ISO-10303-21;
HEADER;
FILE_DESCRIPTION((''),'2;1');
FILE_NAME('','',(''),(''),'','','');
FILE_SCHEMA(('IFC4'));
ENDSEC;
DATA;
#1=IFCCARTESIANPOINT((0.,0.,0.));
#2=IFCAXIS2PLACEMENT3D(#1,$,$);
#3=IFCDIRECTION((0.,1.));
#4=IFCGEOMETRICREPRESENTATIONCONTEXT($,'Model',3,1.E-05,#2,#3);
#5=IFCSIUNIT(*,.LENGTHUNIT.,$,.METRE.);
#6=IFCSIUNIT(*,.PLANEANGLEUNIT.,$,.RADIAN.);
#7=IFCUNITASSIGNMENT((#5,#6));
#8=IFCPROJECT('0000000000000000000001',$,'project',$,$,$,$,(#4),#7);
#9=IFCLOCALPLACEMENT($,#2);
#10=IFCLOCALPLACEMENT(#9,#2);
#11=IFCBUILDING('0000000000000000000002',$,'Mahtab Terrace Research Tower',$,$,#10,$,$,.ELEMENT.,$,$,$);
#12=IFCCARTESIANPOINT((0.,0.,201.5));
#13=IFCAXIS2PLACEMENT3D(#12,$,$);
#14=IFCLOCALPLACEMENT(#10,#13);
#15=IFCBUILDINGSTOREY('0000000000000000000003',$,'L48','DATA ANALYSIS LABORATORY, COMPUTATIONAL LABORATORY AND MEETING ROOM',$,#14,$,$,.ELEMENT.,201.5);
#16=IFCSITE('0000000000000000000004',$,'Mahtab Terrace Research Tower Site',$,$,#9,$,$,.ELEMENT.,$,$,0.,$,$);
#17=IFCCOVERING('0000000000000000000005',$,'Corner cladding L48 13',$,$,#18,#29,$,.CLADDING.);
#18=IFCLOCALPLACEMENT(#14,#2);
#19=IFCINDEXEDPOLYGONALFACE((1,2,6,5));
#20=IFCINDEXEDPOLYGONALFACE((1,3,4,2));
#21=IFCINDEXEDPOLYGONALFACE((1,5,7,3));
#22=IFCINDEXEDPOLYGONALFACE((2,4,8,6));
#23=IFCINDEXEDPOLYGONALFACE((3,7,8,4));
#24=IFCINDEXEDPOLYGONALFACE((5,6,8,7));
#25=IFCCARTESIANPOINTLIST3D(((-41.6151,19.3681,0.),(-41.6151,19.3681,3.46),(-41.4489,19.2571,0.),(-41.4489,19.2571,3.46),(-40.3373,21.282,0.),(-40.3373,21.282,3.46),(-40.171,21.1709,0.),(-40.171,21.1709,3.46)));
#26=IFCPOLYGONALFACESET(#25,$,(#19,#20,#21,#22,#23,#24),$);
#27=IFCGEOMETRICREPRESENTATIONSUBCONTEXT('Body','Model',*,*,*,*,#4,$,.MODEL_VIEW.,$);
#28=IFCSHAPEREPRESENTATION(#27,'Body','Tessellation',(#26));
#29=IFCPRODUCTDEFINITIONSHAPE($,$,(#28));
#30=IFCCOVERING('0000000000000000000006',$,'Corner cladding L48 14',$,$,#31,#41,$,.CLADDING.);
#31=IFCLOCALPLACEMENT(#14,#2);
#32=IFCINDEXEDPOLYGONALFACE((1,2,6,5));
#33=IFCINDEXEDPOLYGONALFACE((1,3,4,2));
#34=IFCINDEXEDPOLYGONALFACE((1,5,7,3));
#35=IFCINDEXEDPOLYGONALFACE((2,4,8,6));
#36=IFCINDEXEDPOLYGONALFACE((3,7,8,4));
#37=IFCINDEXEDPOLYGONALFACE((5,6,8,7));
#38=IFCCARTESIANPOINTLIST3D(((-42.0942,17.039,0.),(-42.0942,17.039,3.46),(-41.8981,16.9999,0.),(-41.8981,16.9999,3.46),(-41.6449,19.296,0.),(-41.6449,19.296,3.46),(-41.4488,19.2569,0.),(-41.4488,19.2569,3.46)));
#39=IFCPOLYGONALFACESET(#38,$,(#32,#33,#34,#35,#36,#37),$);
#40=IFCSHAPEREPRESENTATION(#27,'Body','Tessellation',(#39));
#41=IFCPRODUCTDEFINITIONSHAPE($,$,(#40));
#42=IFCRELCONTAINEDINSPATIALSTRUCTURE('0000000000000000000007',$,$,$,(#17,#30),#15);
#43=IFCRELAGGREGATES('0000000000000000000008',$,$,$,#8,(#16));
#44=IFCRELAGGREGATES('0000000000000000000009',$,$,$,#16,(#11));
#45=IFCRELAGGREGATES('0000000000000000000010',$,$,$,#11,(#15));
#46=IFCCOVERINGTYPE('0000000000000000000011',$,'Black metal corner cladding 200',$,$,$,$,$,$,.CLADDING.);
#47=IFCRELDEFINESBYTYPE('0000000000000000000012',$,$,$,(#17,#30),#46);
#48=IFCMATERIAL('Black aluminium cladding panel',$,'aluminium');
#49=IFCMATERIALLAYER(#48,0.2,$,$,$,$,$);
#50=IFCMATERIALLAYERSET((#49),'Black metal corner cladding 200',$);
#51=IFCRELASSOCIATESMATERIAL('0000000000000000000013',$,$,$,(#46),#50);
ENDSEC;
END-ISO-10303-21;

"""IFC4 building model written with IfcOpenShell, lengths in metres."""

from ifc_helpers import new_model, si_unit, direction, frame, origin, origin_2d, place, context, subcontext, project, spatial, rectangle, extrude, material, layer, layer_set, type_object, element, save


model = new_model("IFC4")

# Units and contexts
model_context = context("Model", 3, precision=1e-05, world=origin(), true_north=direction((0.0, 1.0)))
body_context = subcontext(model_context, "Body", "Model", "MODEL_VIEW")
ifc_project = project(units=[si_unit("LENGTHUNIT", "METRE"), si_unit("PLANEANGLEUNIT", "RADIAN")], contexts=[model_context])

# Site, building, storey
site_placement = place(None, origin())
site = spatial("IfcSite", under=ifc_project, at=site_placement, Name="Mahtab Terrace Research Tower Site", CompositionType="ELEMENT", RefElevation=0.0)
building_placement = place(site_placement, origin())
building = spatial("IfcBuilding", under=site, at=building_placement, Name="Mahtab Terrace Research Tower", CompositionType="ELEMENT")
storey_placement = place(building_placement, frame((0.0, 0.0, 201.5)))
storey = spatial("IfcBuildingStorey", under=building, at=storey_placement, Name="L48", Description="DATA ANALYSIS LABORATORY, COMPUTATIONAL LABORATORY AND MEETING ROOM", CompositionType="ELEMENT", Elevation=201.5)

# Shared definitions
ifc_material_1 = material(Name="Black aluminium cladding panel", Category="aluminium")

# Coverings
ifc_layer_1 = layer(ifc_material_1, 0.2)
ifc_layer_set_1 = layer_set([ifc_layer_1], Name="Black metal corner cladding 200")
covering_type = type_object("IfcCoveringType", Name="Black metal corner cladding 200", PredefinedType="CLADDING", material=ifc_layer_set_1)
for number, where, z_axis, x_axis, name in (
    (1, (-40.8931, 20.2695, 0.0), (0.0, 0.0, 1.0), (-0.555291, -0.831656, 0.0), "Corner cladding L48 13"),
    (2, (-41.7715, 18.1479, 0.0), (0.0, 0.0, 1.0), (-0.195212, -0.980761, 0.0), "Corner cladding L48 14"),
):
    element("IfcCovering", number, at=place(storey_placement, frame(where, z_axis=z_axis, x_axis=x_axis)), inside=storey, type_object=covering_type, Name=name, PredefinedType="CLADDING", context=body_context, shape_type="SweptSolid", body=[
        extrude(rectangle(XDim=2.3013, YDim=0.2, at=origin_2d()), origin(), (0.0, 0.0, 1.0), 3.46),
    ])

save(model, "model.ifc")
